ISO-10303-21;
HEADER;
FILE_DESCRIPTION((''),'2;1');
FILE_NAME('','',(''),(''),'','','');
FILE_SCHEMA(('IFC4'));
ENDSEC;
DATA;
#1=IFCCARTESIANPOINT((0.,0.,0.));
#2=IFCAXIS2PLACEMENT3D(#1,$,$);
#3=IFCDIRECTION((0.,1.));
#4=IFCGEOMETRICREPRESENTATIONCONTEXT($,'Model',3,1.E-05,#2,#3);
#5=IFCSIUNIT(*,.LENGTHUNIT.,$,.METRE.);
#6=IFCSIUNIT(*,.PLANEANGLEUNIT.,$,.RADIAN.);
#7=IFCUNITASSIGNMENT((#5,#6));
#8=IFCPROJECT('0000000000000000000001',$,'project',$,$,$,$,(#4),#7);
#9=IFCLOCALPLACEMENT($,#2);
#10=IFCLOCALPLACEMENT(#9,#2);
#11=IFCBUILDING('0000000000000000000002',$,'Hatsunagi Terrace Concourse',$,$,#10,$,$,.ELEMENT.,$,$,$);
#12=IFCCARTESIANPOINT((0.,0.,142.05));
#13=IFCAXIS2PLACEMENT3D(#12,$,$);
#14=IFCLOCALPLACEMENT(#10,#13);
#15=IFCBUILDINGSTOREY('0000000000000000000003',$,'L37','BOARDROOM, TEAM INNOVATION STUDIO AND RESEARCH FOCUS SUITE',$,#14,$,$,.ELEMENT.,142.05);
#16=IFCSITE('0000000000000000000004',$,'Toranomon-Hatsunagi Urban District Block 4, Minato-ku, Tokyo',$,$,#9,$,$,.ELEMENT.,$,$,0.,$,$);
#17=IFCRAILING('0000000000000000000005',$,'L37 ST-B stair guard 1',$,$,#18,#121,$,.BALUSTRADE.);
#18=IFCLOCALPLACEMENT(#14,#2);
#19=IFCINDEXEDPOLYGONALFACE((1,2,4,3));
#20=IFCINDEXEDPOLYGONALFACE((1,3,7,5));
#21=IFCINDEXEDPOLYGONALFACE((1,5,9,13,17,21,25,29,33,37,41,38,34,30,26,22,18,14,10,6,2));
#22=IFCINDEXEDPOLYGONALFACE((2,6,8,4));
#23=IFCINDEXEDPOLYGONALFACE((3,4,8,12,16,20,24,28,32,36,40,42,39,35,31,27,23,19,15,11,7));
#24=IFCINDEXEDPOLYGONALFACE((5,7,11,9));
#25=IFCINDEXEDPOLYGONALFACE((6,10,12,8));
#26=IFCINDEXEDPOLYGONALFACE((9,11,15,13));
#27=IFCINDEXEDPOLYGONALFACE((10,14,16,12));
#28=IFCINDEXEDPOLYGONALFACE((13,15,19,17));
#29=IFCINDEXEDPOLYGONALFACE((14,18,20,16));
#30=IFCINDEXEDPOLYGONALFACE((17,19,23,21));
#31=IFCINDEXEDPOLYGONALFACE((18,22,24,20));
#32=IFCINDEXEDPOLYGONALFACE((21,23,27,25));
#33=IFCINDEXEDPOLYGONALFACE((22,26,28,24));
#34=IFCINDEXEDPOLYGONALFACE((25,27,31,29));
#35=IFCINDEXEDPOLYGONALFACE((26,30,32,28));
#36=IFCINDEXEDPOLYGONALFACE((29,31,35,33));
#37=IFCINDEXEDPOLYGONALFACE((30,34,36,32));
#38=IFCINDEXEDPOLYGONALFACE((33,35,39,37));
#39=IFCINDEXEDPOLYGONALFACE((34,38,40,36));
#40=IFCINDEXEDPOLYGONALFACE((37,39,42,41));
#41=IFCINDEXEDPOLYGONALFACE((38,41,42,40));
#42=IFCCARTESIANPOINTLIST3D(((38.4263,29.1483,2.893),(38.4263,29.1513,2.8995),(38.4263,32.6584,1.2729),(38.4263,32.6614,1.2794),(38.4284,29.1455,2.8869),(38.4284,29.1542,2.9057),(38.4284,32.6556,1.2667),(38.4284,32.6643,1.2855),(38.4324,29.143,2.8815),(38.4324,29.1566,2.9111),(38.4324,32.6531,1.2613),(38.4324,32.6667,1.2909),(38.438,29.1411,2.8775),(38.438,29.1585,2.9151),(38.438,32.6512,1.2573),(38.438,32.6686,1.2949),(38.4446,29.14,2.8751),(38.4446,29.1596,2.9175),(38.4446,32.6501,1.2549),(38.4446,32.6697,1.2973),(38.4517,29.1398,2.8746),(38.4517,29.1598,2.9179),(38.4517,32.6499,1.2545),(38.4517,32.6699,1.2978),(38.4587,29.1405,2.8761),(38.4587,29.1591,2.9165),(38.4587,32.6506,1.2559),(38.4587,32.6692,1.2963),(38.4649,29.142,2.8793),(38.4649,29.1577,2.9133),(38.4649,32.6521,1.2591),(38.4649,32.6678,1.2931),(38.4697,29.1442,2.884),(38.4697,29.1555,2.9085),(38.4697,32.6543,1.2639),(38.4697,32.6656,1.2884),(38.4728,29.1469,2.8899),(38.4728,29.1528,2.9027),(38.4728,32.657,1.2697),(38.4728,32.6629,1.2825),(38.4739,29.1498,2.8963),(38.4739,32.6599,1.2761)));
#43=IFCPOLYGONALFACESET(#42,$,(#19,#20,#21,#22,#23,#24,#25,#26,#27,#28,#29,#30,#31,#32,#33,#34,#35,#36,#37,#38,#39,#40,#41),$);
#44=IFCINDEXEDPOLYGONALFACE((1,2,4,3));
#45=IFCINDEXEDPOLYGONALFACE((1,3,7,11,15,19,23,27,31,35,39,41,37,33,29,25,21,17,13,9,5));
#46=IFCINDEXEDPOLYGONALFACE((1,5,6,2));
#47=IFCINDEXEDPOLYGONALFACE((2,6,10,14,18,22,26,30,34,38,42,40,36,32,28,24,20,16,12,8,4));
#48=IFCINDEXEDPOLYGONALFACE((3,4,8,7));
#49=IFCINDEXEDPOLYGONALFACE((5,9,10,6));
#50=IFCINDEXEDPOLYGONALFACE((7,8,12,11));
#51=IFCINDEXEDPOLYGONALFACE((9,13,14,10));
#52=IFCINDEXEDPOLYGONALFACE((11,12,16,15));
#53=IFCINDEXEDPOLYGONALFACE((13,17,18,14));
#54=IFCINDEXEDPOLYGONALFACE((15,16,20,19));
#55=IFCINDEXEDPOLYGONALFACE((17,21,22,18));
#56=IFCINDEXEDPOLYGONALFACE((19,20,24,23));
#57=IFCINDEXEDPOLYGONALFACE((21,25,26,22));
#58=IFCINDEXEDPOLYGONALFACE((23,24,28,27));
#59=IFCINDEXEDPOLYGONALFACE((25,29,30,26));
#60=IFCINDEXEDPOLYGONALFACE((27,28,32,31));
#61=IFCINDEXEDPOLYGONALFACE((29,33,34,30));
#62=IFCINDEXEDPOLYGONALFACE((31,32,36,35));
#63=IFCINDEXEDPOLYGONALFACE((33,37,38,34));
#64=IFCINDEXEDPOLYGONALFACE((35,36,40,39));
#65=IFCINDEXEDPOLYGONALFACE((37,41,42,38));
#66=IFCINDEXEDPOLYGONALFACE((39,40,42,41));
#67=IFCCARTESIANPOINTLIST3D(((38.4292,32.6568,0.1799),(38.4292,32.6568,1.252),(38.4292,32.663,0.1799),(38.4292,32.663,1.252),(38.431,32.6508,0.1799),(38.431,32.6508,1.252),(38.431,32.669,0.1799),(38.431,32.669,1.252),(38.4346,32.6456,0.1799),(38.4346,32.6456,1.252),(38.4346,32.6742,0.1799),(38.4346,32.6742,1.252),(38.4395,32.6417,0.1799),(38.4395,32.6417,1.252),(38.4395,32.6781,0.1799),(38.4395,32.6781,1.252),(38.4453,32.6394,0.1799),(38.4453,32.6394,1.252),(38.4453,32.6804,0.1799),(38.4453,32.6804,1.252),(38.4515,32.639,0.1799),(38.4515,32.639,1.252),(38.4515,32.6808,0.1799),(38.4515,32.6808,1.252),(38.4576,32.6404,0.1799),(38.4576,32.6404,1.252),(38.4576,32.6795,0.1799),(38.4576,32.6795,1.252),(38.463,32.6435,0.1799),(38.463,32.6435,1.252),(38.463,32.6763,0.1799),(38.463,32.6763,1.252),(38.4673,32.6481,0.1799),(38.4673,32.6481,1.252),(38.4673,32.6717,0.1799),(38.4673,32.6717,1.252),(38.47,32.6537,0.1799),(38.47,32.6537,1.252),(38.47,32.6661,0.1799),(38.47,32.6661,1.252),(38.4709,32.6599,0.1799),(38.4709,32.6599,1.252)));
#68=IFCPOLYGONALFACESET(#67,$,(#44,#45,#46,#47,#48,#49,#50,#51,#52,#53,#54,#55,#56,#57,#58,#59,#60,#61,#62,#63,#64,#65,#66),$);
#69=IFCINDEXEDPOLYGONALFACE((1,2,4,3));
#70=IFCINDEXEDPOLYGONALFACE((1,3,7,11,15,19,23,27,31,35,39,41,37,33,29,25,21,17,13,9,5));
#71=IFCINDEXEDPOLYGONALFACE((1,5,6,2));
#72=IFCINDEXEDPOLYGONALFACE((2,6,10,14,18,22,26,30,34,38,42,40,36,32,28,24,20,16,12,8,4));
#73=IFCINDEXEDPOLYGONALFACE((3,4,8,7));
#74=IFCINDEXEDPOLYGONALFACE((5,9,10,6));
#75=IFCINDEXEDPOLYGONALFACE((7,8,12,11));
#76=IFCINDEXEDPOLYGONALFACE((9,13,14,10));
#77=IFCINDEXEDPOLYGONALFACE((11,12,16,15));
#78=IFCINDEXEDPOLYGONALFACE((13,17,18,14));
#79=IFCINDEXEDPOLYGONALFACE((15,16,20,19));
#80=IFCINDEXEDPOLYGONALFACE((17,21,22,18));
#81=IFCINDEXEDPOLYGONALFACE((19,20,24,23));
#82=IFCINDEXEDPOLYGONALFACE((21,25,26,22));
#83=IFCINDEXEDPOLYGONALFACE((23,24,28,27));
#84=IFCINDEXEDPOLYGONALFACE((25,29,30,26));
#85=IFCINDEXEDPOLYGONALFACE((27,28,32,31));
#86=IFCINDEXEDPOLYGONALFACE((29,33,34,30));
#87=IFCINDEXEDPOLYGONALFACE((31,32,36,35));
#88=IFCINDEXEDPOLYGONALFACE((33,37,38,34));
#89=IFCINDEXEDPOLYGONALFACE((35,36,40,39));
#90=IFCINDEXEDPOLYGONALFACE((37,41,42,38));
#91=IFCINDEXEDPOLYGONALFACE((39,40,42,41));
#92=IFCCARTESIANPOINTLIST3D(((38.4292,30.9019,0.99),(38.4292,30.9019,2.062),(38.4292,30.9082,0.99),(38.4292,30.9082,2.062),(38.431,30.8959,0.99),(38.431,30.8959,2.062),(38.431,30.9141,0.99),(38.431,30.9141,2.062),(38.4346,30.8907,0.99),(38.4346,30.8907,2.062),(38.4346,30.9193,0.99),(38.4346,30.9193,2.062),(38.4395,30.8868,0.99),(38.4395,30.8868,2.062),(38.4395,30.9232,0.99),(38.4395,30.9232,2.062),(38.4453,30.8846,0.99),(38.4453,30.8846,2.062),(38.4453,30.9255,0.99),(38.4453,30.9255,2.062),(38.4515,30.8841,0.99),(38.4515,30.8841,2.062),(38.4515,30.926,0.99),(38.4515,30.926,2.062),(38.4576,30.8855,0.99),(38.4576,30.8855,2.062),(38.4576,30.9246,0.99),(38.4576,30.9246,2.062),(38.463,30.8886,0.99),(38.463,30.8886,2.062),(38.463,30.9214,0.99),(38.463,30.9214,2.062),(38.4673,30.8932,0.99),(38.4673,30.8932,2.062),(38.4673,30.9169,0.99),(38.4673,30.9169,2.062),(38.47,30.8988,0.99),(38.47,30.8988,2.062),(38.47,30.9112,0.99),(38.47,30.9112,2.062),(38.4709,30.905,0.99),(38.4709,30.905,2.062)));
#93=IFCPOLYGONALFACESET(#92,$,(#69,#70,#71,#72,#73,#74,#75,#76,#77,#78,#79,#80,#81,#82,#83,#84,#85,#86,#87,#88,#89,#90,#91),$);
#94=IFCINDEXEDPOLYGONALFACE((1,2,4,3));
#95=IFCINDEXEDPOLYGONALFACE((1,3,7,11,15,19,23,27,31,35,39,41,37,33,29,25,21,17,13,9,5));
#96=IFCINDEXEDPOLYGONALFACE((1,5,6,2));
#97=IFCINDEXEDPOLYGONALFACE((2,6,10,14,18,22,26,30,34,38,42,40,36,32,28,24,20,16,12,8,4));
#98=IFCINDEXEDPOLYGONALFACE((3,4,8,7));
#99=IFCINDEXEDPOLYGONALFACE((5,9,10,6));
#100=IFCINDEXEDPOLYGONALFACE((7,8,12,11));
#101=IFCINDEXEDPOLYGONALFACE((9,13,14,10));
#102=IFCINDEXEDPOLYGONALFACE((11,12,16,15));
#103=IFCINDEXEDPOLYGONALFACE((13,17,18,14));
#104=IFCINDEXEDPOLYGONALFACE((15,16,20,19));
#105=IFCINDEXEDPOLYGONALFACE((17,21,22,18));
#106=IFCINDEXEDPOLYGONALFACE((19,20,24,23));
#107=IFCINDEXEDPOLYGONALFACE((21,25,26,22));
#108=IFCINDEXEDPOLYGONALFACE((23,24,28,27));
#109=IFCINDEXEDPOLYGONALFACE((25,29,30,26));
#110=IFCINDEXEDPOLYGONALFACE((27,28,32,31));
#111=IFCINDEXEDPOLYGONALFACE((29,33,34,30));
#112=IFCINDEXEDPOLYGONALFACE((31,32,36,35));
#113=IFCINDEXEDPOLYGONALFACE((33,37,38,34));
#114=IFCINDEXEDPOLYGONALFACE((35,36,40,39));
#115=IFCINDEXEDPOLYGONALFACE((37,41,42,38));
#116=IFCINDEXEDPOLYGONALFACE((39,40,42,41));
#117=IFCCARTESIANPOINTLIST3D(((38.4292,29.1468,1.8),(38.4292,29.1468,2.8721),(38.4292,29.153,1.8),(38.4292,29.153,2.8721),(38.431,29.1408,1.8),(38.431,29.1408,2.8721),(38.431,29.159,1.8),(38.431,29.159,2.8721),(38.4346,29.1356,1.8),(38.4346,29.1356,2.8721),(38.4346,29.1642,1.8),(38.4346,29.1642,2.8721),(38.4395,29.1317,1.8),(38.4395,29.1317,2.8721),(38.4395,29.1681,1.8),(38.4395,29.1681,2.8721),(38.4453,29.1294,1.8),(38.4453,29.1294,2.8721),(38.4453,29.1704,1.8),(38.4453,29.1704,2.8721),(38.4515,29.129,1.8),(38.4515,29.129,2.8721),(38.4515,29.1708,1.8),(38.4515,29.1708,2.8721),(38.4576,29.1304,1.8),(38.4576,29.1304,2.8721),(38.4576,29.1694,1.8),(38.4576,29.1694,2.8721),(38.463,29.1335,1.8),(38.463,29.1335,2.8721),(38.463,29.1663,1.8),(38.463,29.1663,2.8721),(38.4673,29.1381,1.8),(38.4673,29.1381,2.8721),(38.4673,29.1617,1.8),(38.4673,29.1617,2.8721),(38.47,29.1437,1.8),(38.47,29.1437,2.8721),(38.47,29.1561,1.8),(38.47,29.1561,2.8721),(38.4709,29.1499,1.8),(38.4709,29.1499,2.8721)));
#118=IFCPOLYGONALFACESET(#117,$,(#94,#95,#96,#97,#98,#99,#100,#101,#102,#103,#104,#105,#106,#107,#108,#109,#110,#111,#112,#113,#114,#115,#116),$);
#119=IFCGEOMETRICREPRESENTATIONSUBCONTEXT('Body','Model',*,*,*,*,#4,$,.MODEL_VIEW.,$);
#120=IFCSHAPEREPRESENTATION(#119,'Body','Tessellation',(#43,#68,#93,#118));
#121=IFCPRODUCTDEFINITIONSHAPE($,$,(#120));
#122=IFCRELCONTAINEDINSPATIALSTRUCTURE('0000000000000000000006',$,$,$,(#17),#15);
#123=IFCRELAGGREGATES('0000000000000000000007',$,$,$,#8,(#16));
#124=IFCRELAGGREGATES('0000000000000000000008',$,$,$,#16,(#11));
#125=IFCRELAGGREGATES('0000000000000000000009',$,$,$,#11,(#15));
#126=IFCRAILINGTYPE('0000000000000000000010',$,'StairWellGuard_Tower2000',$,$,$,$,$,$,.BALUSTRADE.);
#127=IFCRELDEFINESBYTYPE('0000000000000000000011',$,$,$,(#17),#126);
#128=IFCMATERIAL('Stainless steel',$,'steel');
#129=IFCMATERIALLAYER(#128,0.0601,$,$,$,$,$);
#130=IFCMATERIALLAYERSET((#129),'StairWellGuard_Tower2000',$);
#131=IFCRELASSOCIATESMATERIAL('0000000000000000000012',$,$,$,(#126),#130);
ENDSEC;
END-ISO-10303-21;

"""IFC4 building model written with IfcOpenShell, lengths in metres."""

from ifc_helpers import new_model, si_unit, direction, frame, origin, origin_2d, place, context, subcontext, project, spatial, circle, extrude, material, layer, layer_set, type_object, element, save


model = new_model("IFC4")

# Units and contexts
model_context = context("Model", 3, precision=1e-05, world=origin(), true_north=direction((0.0, 1.0)))
body_context = subcontext(model_context, "Body", "Model", "MODEL_VIEW")
ifc_project = project(units=[si_unit("LENGTHUNIT", "METRE"), si_unit("PLANEANGLEUNIT", "RADIAN")], contexts=[model_context])

# Site, building, storey
site_placement = place(None, origin())
site = spatial("IfcSite", under=ifc_project, at=site_placement, Name="Toranomon-Hatsunagi Urban District Block 4, Minato-ku, Tokyo", CompositionType="ELEMENT", RefElevation=0.0)
building_placement = place(site_placement, origin())
building = spatial("IfcBuilding", under=site, at=building_placement, Name="Hatsunagi Terrace Concourse", CompositionType="ELEMENT")
storey_placement = place(building_placement, frame((0.0, 0.0, 142.05)))
storey = spatial("IfcBuildingStorey", under=building, at=storey_placement, Name="L37", Description="BOARDROOM, TEAM INNOVATION STUDIO AND RESEARCH FOCUS SUITE", CompositionType="ELEMENT", Elevation=142.05)

# Railing
ifc_material_1 = material(Name="Stainless steel", Category="steel")
ifc_layer_1 = layer(ifc_material_1, 0.0601)
ifc_layer_set_1 = layer_set([ifc_layer_1], Name="StairWellGuard_Tower2000")
railing_type_1 = type_object("IfcRailingType", Name="StairWellGuard_Tower2000", PredefinedType="BALUSTRADE", material=ifc_layer_set_1)
railing_1_placement = place(storey_placement, frame((38.45, 32.6599, 0.1799)))
element("IfcRailing", 1, at=railing_1_placement, inside=storey, type_object=railing_type_1, Name="L37 ST-B stair guard 1", PredefinedType="BALUSTRADE", context=body_context, shape_type="SweptSolid", body=[
    extrude(circle(Radius=0.0239, at=origin_2d()), frame((0.0, 0.0, 1.0962), z_axis=(0.0, -0.907948, 0.419082), x_axis=(1.0, 0.0, 0.0)), (0.0, 0.0, 1.0), 3.866),
    extrude(circle(Radius=0.021, at=origin_2d()), origin(), (0.0, 0.0, 1.0), 1.072),
    extrude(circle(Radius=0.021, at=origin_2d()), frame((0.0, -1.7549, 0.8101)), (0.0, 0.0, 1.0), 1.072),
    extrude(circle(Radius=0.021, at=origin_2d()), frame((0.0, -3.51, 1.6201)), (0.0, 0.0, 1.0), 1.072),
])

save(model, "model.ifc")
